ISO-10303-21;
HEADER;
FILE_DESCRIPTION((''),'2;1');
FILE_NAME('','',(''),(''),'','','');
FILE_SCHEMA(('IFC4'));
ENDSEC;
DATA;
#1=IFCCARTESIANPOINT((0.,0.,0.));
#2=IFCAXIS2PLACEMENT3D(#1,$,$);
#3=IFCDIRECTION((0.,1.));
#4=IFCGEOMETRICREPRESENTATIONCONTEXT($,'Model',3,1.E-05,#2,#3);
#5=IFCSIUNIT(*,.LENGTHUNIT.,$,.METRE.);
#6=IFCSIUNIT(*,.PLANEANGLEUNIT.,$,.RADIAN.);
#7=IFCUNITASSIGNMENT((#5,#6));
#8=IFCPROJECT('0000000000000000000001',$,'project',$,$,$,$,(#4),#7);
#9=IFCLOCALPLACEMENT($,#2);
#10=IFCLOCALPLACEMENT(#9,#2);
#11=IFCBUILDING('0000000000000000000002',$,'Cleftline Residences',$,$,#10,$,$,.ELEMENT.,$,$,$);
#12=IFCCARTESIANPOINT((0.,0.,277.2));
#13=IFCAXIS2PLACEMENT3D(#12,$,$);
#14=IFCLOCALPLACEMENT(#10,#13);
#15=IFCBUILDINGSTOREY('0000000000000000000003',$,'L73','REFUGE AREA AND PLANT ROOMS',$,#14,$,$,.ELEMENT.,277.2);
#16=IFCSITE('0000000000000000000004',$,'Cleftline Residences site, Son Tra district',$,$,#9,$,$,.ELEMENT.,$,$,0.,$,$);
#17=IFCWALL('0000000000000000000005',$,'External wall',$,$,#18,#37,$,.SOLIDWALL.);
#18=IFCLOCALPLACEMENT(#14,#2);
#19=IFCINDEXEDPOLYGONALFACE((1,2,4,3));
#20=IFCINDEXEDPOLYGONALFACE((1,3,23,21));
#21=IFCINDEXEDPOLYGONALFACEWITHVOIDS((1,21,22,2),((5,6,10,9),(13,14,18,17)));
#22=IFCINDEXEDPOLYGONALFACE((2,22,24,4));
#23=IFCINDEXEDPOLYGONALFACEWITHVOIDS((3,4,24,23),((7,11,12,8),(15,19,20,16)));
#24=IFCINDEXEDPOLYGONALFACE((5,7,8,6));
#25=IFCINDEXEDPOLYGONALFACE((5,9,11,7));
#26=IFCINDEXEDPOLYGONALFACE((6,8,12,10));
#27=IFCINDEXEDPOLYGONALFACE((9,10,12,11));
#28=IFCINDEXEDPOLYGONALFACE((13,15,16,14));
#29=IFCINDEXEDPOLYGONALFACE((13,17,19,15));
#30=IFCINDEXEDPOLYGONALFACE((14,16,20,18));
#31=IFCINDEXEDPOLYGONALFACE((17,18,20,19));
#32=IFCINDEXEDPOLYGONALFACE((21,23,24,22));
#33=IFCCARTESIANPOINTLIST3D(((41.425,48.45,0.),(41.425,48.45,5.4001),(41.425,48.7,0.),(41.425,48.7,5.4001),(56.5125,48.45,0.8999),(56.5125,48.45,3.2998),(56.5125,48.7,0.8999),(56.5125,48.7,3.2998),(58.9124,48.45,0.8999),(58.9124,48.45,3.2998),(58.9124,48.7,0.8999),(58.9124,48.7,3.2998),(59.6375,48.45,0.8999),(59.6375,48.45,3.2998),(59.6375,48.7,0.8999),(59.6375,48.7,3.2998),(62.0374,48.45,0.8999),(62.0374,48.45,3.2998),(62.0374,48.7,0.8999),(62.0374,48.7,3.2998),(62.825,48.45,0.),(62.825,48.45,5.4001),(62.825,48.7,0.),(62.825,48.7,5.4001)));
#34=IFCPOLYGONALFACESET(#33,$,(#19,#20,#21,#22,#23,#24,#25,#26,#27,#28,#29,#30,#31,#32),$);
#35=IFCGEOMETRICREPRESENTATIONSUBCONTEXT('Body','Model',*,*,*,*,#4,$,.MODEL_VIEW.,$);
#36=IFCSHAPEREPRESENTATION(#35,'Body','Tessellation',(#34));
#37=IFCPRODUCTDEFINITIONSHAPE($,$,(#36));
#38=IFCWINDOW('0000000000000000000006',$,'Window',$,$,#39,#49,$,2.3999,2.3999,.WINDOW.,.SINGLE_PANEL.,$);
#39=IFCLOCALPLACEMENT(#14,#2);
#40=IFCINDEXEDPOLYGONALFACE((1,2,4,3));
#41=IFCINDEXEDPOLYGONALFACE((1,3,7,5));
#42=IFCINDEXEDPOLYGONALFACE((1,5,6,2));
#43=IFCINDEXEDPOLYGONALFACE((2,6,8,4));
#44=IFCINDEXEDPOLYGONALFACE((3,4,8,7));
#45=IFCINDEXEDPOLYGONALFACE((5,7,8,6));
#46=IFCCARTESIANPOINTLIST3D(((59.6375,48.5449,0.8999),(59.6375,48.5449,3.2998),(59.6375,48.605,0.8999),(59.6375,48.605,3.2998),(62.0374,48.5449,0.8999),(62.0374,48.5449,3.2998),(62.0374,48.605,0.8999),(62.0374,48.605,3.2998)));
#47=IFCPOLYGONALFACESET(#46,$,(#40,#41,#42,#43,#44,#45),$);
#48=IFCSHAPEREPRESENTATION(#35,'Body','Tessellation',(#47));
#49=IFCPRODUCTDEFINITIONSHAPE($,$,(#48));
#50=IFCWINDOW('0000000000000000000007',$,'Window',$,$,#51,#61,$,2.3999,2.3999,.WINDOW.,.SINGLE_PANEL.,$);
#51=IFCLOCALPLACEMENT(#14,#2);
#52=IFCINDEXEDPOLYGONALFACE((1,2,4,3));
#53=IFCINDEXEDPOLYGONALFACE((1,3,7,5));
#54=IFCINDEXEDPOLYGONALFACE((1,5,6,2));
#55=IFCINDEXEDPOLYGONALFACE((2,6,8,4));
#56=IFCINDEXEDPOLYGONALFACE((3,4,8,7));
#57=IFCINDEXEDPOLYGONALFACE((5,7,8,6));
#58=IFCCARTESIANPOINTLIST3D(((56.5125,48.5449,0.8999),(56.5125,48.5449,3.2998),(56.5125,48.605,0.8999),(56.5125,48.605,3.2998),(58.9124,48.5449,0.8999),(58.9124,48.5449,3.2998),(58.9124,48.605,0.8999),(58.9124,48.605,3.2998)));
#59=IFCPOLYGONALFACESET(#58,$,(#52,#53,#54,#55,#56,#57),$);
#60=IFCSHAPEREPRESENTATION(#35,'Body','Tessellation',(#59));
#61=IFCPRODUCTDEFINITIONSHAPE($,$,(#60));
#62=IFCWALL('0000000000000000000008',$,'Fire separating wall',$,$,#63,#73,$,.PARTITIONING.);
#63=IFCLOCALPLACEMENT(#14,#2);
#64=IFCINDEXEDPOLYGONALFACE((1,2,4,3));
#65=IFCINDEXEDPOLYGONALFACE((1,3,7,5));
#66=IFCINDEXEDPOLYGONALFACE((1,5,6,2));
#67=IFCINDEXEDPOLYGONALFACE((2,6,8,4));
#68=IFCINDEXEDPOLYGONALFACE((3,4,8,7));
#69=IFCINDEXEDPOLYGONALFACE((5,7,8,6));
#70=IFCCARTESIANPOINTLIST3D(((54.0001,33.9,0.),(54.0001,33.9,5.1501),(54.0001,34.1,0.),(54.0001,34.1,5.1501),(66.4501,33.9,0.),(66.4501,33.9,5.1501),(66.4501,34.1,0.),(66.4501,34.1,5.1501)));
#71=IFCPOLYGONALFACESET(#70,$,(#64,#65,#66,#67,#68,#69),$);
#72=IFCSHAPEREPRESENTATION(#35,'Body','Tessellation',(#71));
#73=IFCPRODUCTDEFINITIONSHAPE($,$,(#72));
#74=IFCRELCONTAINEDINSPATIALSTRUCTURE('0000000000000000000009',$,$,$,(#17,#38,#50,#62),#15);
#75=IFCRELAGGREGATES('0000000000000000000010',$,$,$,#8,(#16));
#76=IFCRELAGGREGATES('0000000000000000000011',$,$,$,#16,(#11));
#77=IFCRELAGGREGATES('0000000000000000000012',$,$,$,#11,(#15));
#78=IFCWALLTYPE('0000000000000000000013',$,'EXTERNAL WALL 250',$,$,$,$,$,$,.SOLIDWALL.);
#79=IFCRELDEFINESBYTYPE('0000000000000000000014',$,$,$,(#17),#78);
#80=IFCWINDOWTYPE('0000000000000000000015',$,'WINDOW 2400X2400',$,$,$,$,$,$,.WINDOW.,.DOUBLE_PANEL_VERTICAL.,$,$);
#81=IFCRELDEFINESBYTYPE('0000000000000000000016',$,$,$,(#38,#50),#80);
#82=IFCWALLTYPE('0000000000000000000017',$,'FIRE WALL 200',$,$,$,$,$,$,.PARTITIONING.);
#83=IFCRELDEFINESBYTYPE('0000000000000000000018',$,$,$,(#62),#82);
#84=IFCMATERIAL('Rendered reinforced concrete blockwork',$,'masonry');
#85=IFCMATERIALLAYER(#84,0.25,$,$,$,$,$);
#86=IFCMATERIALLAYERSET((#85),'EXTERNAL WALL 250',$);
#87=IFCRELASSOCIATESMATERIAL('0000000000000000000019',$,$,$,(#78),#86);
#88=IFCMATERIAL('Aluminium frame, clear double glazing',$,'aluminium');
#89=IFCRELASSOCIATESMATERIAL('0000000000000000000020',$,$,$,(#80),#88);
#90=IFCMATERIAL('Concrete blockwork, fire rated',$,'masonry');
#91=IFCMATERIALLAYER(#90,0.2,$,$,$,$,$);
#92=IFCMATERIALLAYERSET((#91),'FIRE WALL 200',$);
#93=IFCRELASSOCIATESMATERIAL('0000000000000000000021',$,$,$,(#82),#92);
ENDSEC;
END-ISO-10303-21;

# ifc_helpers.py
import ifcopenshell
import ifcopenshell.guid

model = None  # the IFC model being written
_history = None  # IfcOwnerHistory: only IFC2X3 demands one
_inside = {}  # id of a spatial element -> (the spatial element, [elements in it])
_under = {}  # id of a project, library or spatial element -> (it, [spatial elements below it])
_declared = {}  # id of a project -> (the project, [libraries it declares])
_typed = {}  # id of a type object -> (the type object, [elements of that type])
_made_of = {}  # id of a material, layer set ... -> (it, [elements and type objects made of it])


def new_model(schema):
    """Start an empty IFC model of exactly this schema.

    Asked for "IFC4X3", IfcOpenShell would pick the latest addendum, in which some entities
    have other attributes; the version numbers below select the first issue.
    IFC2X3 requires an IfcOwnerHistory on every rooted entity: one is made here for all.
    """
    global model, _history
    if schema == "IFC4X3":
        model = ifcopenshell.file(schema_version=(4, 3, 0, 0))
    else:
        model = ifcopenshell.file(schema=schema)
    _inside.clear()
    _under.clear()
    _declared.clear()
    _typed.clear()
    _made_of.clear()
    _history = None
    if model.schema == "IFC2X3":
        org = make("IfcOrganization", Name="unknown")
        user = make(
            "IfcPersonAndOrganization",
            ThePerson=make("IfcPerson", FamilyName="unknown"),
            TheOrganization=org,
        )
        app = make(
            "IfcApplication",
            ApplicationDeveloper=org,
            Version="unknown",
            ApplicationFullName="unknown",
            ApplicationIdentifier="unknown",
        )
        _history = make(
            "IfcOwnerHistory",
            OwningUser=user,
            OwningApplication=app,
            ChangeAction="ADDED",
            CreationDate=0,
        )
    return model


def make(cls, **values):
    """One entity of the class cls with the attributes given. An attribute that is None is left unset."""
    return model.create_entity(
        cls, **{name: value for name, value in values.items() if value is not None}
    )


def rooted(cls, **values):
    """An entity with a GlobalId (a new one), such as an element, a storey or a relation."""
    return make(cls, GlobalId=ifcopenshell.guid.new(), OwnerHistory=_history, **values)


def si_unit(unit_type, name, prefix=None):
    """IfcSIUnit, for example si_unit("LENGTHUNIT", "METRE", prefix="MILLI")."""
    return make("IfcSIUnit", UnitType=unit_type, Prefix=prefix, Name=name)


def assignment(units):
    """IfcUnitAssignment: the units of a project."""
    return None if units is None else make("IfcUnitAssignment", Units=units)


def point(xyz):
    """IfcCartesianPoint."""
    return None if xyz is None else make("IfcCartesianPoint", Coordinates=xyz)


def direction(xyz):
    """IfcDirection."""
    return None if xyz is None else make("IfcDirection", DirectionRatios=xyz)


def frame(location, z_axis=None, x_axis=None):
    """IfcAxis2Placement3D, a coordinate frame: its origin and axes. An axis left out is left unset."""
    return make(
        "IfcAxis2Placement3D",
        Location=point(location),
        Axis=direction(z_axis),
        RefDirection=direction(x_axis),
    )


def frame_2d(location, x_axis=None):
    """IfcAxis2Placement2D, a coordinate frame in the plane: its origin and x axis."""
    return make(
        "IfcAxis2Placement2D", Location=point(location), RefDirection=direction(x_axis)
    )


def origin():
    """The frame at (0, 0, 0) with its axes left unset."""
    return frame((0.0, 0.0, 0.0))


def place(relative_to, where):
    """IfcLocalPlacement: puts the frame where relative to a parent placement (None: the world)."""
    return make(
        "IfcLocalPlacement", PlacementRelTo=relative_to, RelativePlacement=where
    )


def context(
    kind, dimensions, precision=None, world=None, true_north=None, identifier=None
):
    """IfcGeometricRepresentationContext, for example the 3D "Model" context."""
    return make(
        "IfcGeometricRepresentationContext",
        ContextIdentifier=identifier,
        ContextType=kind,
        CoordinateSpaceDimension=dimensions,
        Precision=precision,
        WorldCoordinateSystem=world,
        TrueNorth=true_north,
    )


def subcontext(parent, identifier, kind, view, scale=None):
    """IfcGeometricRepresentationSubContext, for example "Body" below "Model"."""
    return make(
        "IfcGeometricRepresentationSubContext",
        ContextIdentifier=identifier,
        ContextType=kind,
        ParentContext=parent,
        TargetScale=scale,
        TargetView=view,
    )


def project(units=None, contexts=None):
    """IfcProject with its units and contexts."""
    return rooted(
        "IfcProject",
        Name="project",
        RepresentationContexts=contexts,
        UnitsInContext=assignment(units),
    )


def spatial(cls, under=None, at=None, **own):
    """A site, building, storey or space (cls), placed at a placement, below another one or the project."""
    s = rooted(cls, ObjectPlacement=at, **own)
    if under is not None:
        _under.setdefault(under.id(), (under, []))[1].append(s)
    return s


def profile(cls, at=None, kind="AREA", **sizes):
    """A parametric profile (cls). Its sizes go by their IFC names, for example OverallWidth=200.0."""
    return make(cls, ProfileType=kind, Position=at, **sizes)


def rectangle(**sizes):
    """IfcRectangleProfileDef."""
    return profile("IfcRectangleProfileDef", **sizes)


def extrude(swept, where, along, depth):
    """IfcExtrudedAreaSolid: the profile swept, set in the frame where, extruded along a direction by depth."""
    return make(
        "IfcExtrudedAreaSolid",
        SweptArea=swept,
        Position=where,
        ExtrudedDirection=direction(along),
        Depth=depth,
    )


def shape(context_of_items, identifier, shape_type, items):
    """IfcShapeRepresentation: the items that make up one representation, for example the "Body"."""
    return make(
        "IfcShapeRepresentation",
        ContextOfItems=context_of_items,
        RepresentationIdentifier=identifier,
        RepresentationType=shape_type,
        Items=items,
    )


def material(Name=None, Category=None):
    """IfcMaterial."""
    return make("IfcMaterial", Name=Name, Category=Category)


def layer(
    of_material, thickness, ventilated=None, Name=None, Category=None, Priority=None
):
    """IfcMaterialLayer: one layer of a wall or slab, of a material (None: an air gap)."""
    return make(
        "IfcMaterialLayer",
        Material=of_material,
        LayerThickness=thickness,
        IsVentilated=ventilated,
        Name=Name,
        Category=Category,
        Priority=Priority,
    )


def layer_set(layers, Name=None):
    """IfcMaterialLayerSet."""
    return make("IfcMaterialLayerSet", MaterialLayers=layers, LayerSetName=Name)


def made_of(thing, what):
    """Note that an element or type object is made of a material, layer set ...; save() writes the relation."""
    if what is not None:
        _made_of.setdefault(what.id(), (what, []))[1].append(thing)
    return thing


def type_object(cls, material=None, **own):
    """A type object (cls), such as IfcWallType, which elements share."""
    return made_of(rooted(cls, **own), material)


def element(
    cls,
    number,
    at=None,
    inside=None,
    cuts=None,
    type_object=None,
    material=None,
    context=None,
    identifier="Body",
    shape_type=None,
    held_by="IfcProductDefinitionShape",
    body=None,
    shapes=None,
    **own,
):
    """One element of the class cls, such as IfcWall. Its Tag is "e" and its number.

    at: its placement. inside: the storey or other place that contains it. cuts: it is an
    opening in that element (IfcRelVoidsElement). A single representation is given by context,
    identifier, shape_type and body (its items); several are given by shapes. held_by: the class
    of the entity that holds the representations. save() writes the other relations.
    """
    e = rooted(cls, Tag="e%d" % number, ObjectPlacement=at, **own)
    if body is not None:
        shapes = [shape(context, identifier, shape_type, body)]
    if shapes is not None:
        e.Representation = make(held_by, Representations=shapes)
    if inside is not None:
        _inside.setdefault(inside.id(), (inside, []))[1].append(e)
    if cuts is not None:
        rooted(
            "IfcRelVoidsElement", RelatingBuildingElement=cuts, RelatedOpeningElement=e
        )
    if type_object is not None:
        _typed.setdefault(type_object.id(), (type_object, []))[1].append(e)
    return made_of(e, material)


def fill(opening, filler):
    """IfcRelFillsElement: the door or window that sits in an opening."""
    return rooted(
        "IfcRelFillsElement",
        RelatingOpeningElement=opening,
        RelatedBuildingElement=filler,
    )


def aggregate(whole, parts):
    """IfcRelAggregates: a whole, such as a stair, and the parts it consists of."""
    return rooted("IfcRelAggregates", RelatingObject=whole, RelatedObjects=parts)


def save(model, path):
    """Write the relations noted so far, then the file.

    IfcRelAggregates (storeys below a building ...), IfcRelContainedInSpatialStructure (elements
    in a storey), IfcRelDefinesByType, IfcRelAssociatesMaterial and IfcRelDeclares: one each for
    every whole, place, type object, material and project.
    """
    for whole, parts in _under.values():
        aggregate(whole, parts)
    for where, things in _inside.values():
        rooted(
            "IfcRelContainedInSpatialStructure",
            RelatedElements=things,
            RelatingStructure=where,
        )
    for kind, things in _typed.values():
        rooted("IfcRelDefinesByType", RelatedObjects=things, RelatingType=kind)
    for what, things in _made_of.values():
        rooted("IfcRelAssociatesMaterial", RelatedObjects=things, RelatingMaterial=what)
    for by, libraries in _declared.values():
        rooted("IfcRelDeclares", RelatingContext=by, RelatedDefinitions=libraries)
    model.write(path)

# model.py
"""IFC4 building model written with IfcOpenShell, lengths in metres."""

from ifc_helpers import new_model, si_unit, direction, frame, frame_2d, origin, place, context, subcontext, project, spatial, rectangle, extrude, material, layer, layer_set, type_object, element, fill, save


model = new_model("IFC4")

# Units and contexts
model_context = context("Model", 3, precision=1e-05, world=origin(), true_north=direction((0.0, 1.0)))
body_context = subcontext(model_context, "Body", "Model", "MODEL_VIEW")
ifc_project = project(units=[si_unit("LENGTHUNIT", "METRE"), si_unit("PLANEANGLEUNIT", "RADIAN")], contexts=[model_context])

# Site, building, storey
site_placement = place(None, origin())
site = spatial("IfcSite", under=ifc_project, at=site_placement, Name="Cleftline Residences site, Son Tra district", CompositionType="ELEMENT", RefElevation=0.0)
building_placement = place(site_placement, origin())
building = spatial("IfcBuilding", under=site, at=building_placement, Name="Cleftline Residences", CompositionType="ELEMENT")
storey_placement = place(building_placement, frame((0.0, 0.0, 277.2)))
storey = spatial("IfcBuildingStorey", under=building, at=storey_placement, Name="L73", Description="REFUGE AREA AND PLANT ROOMS", CompositionType="ELEMENT", Elevation=277.2)

# Shared definitions
ifc_material_1 = material(Name="Rendered reinforced concrete blockwork", Category="masonry")
ifc_layer_1 = layer(ifc_material_1, 0.25)
ifc_layer_set_1 = layer_set([ifc_layer_1], Name="EXTERNAL WALL 250")
wall_type_1 = type_object("IfcWallType", Name="EXTERNAL WALL 250", PredefinedType="SOLIDWALL", material=ifc_layer_set_1)
ifc_material_2 = material(Name="Aluminium frame, clear double glazing", Category="aluminium")
window_type = type_object("IfcWindowType", Name="WINDOW 2400X2400", PartitioningType="DOUBLE_PANEL_VERTICAL", PredefinedType="WINDOW", material=ifc_material_2)

# Wall, openings, windows
wall_1_placement = place(storey_placement, frame((62.825, 48.575, 0.0), z_axis=(0.0, 0.0, 1.0), x_axis=(-1.0, 0.0, 0.0)))
wall_1 = element("IfcWall", 1, at=wall_1_placement, inside=storey, type_object=wall_type_1, Name="External wall", PredefinedType="SOLIDWALL", context=body_context, shape_type="SweptSolid", body=[
    extrude(rectangle(XDim=21.3999, YDim=0.25, at=frame_2d((10.7, 0.0))), origin(), (0.0, 0.0, 1.0), 5.4001),
])
opening_1_placement = place(wall_1_placement, frame((0.7876, 0.0, 0.8999)))
opening_1 = element("IfcOpeningElement", 2, at=opening_1_placement, cuts=wall_1, PredefinedType="OPENING", context=body_context, shape_type="SweptSolid", body=[
    extrude(rectangle(XDim=2.3999, YDim=2.3999, at=frame_2d((1.2, 1.2))), frame((0.0, 0.135, 0.0), z_axis=(0.0, -1.0, 0.0), x_axis=(1.0, 0.0, 0.0)), (0.0, 0.0, 1.0), 0.27),
])
opening_2_placement = place(wall_1_placement, frame((3.9126, 0.0, 0.8999)))
opening_2 = element("IfcOpeningElement", 3, at=opening_2_placement, cuts=wall_1, PredefinedType="OPENING", context=body_context, shape_type="SweptSolid", body=[
    extrude(rectangle(XDim=2.3999, YDim=2.3999, at=frame_2d((1.2, 1.2))), frame((0.0, 0.135, 0.0), z_axis=(0.0, -1.0, 0.0), x_axis=(1.0, 0.0, 0.0)), (0.0, 0.0, 1.0), 0.27),
])
window_1_placement = place(opening_1_placement, origin())
window_1 = element("IfcWindow", 4, at=window_1_placement, inside=storey, type_object=window_type, Name="Window", OverallHeight=2.3999, OverallWidth=2.3999, PartitioningType="SINGLE_PANEL", PredefinedType="WINDOW", context=body_context, shape_type="SweptSolid", body=[
    extrude(rectangle(XDim=2.3999, YDim=2.3999, at=frame_2d((1.2, 1.2))), frame((0.0, 0.03, 0.0), z_axis=(0.0, -1.0, 0.0), x_axis=(1.0, 0.0, 0.0)), (0.0, 0.0, 1.0), 0.0601),
])
fill(opening_1, window_1)
window_2_placement = place(opening_2_placement, origin())
window_2 = element("IfcWindow", 5, at=window_2_placement, inside=storey, type_object=window_type, Name="Window", OverallHeight=2.3999, OverallWidth=2.3999, PartitioningType="SINGLE_PANEL", PredefinedType="WINDOW", context=body_context, shape_type="SweptSolid", body=[
    extrude(rectangle(XDim=2.3999, YDim=2.3999, at=frame_2d((1.2, 1.2))), frame((0.0, 0.03, 0.0), z_axis=(0.0, -1.0, 0.0), x_axis=(1.0, 0.0, 0.0)), (0.0, 0.0, 1.0), 0.0601),
])
fill(opening_2, window_2)

# Wall
ifc_material_3 = material(Name="Concrete blockwork, fire rated", Category="masonry")
ifc_layer_2 = layer(ifc_material_3, 0.2)
ifc_layer_set_2 = layer_set([ifc_layer_2], Name="FIRE WALL 200")
wall_type_2 = type_object("IfcWallType", Name="FIRE WALL 200", PredefinedType="PARTITIONING", material=ifc_layer_set_2)
wall_2_placement = place(storey_placement, frame((54.0, 34.0, 0.0), z_axis=(0.0, 0.0, 1.0), x_axis=(1.0, 0.0, 0.0)))
element("IfcWall", 6, at=wall_2_placement, inside=storey, type_object=wall_type_2, Name="Fire separating wall", PredefinedType="PARTITIONING", context=body_context, shape_type="SweptSolid", body=[
    extrude(rectangle(XDim=12.45, YDim=0.2, at=frame_2d((6.2251, 0.0))), origin(), (0.0, 0.0, 1.0), 5.1501),
])

save(model, "model.ifc")
